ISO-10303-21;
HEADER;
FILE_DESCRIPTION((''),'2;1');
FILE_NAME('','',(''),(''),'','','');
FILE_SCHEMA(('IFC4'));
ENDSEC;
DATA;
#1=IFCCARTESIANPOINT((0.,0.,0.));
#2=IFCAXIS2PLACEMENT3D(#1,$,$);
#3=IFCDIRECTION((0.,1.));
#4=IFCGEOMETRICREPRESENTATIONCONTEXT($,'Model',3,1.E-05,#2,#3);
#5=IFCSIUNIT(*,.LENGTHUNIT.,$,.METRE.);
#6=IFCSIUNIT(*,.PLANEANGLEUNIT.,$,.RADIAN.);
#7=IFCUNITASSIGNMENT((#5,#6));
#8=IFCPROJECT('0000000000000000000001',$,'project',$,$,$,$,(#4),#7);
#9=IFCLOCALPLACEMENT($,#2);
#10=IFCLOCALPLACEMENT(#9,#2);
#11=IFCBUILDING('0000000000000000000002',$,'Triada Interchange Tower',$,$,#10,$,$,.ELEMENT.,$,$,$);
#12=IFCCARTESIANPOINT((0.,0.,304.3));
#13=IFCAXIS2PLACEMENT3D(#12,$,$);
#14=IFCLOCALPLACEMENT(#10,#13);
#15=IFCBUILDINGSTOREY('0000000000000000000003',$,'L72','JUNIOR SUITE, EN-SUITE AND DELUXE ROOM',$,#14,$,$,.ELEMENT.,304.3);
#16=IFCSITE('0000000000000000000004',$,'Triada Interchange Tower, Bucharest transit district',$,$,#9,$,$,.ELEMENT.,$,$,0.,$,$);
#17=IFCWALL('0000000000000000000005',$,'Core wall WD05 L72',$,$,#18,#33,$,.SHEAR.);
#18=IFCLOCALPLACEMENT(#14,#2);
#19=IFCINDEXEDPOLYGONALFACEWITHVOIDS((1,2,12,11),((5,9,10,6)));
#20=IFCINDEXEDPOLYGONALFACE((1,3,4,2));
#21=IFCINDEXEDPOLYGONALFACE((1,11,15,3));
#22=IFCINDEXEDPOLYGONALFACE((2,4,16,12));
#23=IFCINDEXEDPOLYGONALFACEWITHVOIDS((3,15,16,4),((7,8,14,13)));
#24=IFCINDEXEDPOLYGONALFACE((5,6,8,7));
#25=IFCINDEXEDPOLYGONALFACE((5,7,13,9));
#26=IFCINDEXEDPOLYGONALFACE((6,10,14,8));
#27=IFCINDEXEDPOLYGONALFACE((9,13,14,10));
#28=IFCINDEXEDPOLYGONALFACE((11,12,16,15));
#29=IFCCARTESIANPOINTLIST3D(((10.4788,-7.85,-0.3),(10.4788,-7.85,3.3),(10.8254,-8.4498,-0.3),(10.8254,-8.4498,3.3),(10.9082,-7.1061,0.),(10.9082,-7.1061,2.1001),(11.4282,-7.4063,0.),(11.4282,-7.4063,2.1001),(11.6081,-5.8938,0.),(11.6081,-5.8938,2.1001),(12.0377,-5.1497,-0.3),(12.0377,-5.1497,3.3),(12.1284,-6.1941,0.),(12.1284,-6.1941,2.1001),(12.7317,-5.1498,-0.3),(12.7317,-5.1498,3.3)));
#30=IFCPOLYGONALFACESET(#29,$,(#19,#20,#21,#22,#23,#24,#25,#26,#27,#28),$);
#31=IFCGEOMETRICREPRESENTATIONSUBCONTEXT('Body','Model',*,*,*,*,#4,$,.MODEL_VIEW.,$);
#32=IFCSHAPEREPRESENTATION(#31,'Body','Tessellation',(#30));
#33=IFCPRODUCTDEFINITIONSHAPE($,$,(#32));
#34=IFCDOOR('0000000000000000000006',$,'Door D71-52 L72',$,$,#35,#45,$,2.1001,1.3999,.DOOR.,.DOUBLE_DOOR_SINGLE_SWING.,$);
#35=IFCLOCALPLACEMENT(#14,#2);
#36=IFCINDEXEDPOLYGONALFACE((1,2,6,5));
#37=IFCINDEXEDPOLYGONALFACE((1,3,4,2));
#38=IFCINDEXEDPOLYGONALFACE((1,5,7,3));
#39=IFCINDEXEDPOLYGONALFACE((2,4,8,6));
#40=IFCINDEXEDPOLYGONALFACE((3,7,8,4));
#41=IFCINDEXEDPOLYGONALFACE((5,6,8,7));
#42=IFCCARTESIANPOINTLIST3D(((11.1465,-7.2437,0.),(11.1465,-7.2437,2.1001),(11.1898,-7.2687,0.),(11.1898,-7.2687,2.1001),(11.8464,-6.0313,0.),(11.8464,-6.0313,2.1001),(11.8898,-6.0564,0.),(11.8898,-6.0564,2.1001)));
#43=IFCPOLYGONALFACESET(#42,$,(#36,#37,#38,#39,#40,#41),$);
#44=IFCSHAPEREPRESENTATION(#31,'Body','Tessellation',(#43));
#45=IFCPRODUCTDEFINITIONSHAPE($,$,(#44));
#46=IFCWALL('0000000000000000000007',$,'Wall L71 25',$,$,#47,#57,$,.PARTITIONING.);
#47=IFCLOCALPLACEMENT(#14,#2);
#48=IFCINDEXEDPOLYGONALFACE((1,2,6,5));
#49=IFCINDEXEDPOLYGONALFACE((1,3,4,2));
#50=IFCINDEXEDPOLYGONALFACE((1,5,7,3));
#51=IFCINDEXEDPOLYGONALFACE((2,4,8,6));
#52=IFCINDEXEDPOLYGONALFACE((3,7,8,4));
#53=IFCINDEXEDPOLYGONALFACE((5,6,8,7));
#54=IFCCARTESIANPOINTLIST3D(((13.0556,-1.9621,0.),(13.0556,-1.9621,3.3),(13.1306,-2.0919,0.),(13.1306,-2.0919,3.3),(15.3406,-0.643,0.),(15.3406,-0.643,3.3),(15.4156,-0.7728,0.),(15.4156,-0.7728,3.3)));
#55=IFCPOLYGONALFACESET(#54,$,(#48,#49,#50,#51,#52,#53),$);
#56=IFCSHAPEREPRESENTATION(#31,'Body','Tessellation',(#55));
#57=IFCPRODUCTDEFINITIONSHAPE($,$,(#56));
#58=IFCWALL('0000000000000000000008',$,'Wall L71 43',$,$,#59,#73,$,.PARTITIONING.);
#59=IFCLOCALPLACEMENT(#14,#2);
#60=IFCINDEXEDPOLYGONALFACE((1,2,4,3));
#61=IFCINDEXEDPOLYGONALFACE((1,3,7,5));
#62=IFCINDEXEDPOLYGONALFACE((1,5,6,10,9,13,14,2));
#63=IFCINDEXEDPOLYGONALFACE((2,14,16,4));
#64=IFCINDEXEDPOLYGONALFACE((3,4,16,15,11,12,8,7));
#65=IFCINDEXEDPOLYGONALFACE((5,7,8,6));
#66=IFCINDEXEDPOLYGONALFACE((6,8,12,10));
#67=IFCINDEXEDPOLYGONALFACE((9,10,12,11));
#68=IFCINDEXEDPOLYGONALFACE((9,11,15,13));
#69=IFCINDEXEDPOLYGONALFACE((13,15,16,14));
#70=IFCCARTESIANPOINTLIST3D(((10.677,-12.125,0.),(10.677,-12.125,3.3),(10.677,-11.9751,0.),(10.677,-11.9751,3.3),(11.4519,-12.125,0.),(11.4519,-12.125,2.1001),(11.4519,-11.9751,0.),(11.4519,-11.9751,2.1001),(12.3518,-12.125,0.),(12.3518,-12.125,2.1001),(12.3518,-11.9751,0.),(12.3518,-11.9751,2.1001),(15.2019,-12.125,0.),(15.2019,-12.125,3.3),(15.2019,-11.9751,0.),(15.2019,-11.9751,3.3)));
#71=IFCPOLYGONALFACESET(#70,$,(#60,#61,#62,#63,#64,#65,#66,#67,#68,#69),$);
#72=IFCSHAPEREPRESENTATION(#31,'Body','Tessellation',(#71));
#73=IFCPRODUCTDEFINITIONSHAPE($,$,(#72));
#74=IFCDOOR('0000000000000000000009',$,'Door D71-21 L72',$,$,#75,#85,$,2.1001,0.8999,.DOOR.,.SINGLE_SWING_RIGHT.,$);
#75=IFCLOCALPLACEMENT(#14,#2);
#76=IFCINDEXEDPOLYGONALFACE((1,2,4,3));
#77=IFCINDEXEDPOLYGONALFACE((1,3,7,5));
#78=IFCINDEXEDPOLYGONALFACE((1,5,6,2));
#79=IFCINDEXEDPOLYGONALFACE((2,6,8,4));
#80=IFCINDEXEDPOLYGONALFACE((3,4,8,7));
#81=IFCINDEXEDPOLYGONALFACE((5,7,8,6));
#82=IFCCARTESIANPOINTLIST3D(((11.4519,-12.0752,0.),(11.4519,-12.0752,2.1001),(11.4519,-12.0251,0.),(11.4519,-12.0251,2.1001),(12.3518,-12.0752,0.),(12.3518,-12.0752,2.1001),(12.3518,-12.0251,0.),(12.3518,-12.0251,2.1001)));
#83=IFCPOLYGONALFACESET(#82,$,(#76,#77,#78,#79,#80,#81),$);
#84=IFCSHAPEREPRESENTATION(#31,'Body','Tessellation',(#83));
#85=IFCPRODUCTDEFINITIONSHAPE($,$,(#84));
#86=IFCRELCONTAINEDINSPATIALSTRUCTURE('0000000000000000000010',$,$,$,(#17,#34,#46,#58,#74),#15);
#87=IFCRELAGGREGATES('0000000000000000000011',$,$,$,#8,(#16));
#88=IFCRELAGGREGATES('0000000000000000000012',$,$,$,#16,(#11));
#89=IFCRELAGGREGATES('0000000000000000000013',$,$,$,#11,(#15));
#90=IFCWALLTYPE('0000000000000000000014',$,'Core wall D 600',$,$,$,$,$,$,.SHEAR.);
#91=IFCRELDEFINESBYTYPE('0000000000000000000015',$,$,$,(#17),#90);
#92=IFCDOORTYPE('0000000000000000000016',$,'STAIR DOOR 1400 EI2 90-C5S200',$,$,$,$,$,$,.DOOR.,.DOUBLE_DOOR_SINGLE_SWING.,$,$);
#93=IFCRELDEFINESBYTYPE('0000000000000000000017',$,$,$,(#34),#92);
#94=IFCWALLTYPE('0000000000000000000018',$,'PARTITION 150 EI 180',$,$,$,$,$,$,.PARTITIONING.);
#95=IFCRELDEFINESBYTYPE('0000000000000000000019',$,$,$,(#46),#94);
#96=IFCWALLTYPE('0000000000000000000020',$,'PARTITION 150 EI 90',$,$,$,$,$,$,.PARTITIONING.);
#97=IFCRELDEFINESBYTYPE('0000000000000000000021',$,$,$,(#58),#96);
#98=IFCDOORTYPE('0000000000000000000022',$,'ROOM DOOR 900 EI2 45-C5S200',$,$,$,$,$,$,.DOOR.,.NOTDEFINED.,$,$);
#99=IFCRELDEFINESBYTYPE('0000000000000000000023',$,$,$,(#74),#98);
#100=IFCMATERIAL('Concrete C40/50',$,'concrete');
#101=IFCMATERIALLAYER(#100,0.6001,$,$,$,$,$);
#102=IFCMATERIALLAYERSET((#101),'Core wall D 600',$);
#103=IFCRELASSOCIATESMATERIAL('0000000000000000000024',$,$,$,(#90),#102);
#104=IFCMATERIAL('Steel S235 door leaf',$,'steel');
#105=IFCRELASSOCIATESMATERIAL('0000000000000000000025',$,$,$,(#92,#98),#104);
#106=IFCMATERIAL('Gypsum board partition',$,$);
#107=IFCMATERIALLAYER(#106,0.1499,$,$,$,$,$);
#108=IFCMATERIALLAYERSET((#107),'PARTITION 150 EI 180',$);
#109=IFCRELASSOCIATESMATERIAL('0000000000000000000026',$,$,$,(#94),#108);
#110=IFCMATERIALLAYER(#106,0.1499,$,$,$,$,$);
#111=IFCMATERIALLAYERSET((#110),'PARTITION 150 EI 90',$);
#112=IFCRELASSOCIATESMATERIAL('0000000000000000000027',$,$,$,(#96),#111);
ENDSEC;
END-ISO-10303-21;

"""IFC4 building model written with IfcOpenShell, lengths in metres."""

from ifc_helpers import new_model, si_unit, direction, frame, frame_2d, origin, place, context, subcontext, project, spatial, polyline, rectangle, outline, extrude, material, layer, layer_set, type_object, element, fill, save


model = new_model("IFC4")

# Units and contexts
model_context = context("Model", 3, precision=1e-05, world=origin(), true_north=direction((0.0, 1.0)))
body_context = subcontext(model_context, "Body", "Model", "MODEL_VIEW")
ifc_project = project(units=[si_unit("LENGTHUNIT", "METRE"), si_unit("PLANEANGLEUNIT", "RADIAN")], contexts=[model_context])

# Site, building, storey
site_placement = place(None, origin())
site = spatial("IfcSite", under=ifc_project, at=site_placement, Name="Triada Interchange Tower, Bucharest transit district", CompositionType="ELEMENT", RefElevation=0.0)
building_placement = place(site_placement, origin())
building = spatial("IfcBuilding", under=site, at=building_placement, Name="Triada Interchange Tower", CompositionType="ELEMENT")
storey_placement = place(building_placement, frame((0.0, 0.0, 304.3)))
storey = spatial("IfcBuildingStorey", under=building, at=storey_placement, Name="L72", Description="JUNIOR SUITE, EN-SUITE AND DELUXE ROOM", CompositionType="ELEMENT", Elevation=304.3)

# Shared definitions
ifc_material_1 = material(Name="Steel S235 door leaf", Category="steel")

# Wall, opening, door
ifc_material_2 = material(Name="Concrete C40/50", Category="concrete")
ifc_layer_1 = layer(ifc_material_2, 0.6001)
ifc_layer_set_1 = layer_set([ifc_layer_1], Name="Core wall D 600")
wall_type_1 = type_object("IfcWallType", Name="Core wall D 600", PredefinedType="SHEAR", material=ifc_layer_set_1)
wall_1_placement = place(storey_placement, frame((10.6521, -8.1499, -0.3), z_axis=(0.0, 0.0, 1.0), x_axis=(0.499975, 0.86604, 0.0)))
wall_1 = element("IfcWall", 1, at=wall_1_placement, inside=storey, type_object=wall_type_1, Name="Core wall WD05 L72", PredefinedType="SHEAR", context=body_context, shape_type="SweptSolid", body=[
    extrude(outline(polyline([(-0.1731, -0.3), (1.7324, -0.3005), (3.6379, -0.301), (3.291, 0.3), (1.7319, 0.3), (0.1731, 0.3), (-0.1731, -0.3)])), origin(), (0.0, 0.0, 1.0), 3.6001),
])
opening_1_placement = place(wall_1_placement, frame((1.032, 0.0, 0.3)))
opening_1 = element("IfcOpeningElement", 2, at=opening_1_placement, cuts=wall_1, PredefinedType="OPENING", context=body_context, shape_type="SweptSolid", body=[
    extrude(rectangle(XDim=1.3999, YDim=2.1001, at=frame_2d((0.7, 1.05))), frame((0.0, 0.3101, 0.0), z_axis=(0.0, -1.0, 0.0), x_axis=(1.0, 0.0, 0.0)), (0.0, 0.0, 1.0), 0.6211),
])
door_type_1 = type_object("IfcDoorType", Name="STAIR DOOR 1400 EI2 90-C5S200", OperationType="DOUBLE_DOOR_SINGLE_SWING", PredefinedType="DOOR", material=ifc_material_1)
door_1_placement = place(opening_1_placement, origin())
door_1 = element("IfcDoor", 3, at=door_1_placement, inside=storey, type_object=door_type_1, Name="Door D71-52 L72", OperationType="DOUBLE_DOOR_SINGLE_SWING", OverallHeight=2.1001, OverallWidth=1.3999, PredefinedType="DOOR", context=body_context, shape_type="SweptSolid", body=[
    extrude(rectangle(XDim=1.3999, YDim=2.1001, at=frame_2d((0.7, 1.05))), frame((0.0, 0.0249, 0.0), z_axis=(0.0, -1.0, 0.0), x_axis=(1.0, 0.0, 0.0)), (0.0, 0.0, 1.0), 0.05),
])
fill(opening_1, door_1)

# Wall
ifc_material_3 = material(Name="Gypsum board partition")
ifc_layer_2 = layer(ifc_material_3, 0.1499)
ifc_layer_set_2 = layer_set([ifc_layer_2], Name="PARTITION 150 EI 180")
wall_type_2 = type_object("IfcWallType", Name="PARTITION 150 EI 180", PredefinedType="PARTITIONING", material=ifc_layer_set_2)
wall_2_placement = place(storey_placement, frame((13.093, -2.0271, 0.0), z_axis=(0.0, 0.0, 1.0), x_axis=(0.866042, 0.499971, 0.0)))
element("IfcWall", 4, at=wall_2_placement, inside=storey, type_object=wall_type_2, Name="Wall L71 25", PredefinedType="PARTITIONING", context=body_context, shape_type="SweptSolid", body=[
    extrude(rectangle(XDim=2.6384, YDim=0.1499, at=frame_2d((1.3193, 0.0))), origin(), (0.0, 0.0, 1.0), 3.3),
])

# Wall, opening, door
ifc_layer_3 = layer(ifc_material_3, 0.1499)
ifc_layer_set_3 = layer_set([ifc_layer_3], Name="PARTITION 150 EI 90")
wall_type_3 = type_object("IfcWallType", Name="PARTITION 150 EI 90", PredefinedType="PARTITIONING", material=ifc_layer_set_3)
wall_3_placement = place(storey_placement, frame((10.677, -12.05, 0.0), z_axis=(0.0, 0.0, 1.0), x_axis=(1.0, 0.0, 0.0)))
wall_3 = element("IfcWall", 5, at=wall_3_placement, inside=storey, type_object=wall_type_3, Name="Wall L71 43", PredefinedType="PARTITIONING", context=body_context, shape_type="SweptSolid", body=[
    extrude(rectangle(XDim=4.5249, YDim=0.1499, at=frame_2d((2.2625, 0.0))), origin(), (0.0, 0.0, 1.0), 3.3),
])
opening_2_placement = place(wall_3_placement, frame((0.7749, 0.0, 0.0)))
opening_2 = element("IfcOpeningElement", 6, at=opening_2_placement, cuts=wall_3, PredefinedType="OPENING", context=body_context, shape_type="SweptSolid", body=[
    extrude(rectangle(XDim=0.8999, YDim=2.1001, at=frame_2d((0.45, 1.05))), frame((0.0, 0.085, 0.0), z_axis=(0.0, -1.0, 0.0), x_axis=(1.0, 0.0, 0.0)), (0.0, 0.0, 1.0), 0.1699),
])
door_type_2 = type_object("IfcDoorType", Name="ROOM DOOR 900 EI2 45-C5S200", OperationType="NOTDEFINED", PredefinedType="DOOR", material=ifc_material_1)
door_2_placement = place(opening_2_placement, origin())
door_2 = element("IfcDoor", 7, at=door_2_placement, inside=storey, type_object=door_type_2, Name="Door D71-21 L72", OperationType="SINGLE_SWING_RIGHT", OverallHeight=2.1001, OverallWidth=0.8999, PredefinedType="DOOR", context=body_context, shape_type="SweptSolid", body=[
    extrude(rectangle(XDim=0.8999, YDim=2.1001, at=frame_2d((0.45, 1.05))), frame((0.0, 0.0249, 0.0), z_axis=(0.0, -1.0, 0.0), x_axis=(1.0, 0.0, 0.0)), (0.0, 0.0, 1.0), 0.05),
])
fill(opening_2, door_2)

save(model, "model.ifc")
